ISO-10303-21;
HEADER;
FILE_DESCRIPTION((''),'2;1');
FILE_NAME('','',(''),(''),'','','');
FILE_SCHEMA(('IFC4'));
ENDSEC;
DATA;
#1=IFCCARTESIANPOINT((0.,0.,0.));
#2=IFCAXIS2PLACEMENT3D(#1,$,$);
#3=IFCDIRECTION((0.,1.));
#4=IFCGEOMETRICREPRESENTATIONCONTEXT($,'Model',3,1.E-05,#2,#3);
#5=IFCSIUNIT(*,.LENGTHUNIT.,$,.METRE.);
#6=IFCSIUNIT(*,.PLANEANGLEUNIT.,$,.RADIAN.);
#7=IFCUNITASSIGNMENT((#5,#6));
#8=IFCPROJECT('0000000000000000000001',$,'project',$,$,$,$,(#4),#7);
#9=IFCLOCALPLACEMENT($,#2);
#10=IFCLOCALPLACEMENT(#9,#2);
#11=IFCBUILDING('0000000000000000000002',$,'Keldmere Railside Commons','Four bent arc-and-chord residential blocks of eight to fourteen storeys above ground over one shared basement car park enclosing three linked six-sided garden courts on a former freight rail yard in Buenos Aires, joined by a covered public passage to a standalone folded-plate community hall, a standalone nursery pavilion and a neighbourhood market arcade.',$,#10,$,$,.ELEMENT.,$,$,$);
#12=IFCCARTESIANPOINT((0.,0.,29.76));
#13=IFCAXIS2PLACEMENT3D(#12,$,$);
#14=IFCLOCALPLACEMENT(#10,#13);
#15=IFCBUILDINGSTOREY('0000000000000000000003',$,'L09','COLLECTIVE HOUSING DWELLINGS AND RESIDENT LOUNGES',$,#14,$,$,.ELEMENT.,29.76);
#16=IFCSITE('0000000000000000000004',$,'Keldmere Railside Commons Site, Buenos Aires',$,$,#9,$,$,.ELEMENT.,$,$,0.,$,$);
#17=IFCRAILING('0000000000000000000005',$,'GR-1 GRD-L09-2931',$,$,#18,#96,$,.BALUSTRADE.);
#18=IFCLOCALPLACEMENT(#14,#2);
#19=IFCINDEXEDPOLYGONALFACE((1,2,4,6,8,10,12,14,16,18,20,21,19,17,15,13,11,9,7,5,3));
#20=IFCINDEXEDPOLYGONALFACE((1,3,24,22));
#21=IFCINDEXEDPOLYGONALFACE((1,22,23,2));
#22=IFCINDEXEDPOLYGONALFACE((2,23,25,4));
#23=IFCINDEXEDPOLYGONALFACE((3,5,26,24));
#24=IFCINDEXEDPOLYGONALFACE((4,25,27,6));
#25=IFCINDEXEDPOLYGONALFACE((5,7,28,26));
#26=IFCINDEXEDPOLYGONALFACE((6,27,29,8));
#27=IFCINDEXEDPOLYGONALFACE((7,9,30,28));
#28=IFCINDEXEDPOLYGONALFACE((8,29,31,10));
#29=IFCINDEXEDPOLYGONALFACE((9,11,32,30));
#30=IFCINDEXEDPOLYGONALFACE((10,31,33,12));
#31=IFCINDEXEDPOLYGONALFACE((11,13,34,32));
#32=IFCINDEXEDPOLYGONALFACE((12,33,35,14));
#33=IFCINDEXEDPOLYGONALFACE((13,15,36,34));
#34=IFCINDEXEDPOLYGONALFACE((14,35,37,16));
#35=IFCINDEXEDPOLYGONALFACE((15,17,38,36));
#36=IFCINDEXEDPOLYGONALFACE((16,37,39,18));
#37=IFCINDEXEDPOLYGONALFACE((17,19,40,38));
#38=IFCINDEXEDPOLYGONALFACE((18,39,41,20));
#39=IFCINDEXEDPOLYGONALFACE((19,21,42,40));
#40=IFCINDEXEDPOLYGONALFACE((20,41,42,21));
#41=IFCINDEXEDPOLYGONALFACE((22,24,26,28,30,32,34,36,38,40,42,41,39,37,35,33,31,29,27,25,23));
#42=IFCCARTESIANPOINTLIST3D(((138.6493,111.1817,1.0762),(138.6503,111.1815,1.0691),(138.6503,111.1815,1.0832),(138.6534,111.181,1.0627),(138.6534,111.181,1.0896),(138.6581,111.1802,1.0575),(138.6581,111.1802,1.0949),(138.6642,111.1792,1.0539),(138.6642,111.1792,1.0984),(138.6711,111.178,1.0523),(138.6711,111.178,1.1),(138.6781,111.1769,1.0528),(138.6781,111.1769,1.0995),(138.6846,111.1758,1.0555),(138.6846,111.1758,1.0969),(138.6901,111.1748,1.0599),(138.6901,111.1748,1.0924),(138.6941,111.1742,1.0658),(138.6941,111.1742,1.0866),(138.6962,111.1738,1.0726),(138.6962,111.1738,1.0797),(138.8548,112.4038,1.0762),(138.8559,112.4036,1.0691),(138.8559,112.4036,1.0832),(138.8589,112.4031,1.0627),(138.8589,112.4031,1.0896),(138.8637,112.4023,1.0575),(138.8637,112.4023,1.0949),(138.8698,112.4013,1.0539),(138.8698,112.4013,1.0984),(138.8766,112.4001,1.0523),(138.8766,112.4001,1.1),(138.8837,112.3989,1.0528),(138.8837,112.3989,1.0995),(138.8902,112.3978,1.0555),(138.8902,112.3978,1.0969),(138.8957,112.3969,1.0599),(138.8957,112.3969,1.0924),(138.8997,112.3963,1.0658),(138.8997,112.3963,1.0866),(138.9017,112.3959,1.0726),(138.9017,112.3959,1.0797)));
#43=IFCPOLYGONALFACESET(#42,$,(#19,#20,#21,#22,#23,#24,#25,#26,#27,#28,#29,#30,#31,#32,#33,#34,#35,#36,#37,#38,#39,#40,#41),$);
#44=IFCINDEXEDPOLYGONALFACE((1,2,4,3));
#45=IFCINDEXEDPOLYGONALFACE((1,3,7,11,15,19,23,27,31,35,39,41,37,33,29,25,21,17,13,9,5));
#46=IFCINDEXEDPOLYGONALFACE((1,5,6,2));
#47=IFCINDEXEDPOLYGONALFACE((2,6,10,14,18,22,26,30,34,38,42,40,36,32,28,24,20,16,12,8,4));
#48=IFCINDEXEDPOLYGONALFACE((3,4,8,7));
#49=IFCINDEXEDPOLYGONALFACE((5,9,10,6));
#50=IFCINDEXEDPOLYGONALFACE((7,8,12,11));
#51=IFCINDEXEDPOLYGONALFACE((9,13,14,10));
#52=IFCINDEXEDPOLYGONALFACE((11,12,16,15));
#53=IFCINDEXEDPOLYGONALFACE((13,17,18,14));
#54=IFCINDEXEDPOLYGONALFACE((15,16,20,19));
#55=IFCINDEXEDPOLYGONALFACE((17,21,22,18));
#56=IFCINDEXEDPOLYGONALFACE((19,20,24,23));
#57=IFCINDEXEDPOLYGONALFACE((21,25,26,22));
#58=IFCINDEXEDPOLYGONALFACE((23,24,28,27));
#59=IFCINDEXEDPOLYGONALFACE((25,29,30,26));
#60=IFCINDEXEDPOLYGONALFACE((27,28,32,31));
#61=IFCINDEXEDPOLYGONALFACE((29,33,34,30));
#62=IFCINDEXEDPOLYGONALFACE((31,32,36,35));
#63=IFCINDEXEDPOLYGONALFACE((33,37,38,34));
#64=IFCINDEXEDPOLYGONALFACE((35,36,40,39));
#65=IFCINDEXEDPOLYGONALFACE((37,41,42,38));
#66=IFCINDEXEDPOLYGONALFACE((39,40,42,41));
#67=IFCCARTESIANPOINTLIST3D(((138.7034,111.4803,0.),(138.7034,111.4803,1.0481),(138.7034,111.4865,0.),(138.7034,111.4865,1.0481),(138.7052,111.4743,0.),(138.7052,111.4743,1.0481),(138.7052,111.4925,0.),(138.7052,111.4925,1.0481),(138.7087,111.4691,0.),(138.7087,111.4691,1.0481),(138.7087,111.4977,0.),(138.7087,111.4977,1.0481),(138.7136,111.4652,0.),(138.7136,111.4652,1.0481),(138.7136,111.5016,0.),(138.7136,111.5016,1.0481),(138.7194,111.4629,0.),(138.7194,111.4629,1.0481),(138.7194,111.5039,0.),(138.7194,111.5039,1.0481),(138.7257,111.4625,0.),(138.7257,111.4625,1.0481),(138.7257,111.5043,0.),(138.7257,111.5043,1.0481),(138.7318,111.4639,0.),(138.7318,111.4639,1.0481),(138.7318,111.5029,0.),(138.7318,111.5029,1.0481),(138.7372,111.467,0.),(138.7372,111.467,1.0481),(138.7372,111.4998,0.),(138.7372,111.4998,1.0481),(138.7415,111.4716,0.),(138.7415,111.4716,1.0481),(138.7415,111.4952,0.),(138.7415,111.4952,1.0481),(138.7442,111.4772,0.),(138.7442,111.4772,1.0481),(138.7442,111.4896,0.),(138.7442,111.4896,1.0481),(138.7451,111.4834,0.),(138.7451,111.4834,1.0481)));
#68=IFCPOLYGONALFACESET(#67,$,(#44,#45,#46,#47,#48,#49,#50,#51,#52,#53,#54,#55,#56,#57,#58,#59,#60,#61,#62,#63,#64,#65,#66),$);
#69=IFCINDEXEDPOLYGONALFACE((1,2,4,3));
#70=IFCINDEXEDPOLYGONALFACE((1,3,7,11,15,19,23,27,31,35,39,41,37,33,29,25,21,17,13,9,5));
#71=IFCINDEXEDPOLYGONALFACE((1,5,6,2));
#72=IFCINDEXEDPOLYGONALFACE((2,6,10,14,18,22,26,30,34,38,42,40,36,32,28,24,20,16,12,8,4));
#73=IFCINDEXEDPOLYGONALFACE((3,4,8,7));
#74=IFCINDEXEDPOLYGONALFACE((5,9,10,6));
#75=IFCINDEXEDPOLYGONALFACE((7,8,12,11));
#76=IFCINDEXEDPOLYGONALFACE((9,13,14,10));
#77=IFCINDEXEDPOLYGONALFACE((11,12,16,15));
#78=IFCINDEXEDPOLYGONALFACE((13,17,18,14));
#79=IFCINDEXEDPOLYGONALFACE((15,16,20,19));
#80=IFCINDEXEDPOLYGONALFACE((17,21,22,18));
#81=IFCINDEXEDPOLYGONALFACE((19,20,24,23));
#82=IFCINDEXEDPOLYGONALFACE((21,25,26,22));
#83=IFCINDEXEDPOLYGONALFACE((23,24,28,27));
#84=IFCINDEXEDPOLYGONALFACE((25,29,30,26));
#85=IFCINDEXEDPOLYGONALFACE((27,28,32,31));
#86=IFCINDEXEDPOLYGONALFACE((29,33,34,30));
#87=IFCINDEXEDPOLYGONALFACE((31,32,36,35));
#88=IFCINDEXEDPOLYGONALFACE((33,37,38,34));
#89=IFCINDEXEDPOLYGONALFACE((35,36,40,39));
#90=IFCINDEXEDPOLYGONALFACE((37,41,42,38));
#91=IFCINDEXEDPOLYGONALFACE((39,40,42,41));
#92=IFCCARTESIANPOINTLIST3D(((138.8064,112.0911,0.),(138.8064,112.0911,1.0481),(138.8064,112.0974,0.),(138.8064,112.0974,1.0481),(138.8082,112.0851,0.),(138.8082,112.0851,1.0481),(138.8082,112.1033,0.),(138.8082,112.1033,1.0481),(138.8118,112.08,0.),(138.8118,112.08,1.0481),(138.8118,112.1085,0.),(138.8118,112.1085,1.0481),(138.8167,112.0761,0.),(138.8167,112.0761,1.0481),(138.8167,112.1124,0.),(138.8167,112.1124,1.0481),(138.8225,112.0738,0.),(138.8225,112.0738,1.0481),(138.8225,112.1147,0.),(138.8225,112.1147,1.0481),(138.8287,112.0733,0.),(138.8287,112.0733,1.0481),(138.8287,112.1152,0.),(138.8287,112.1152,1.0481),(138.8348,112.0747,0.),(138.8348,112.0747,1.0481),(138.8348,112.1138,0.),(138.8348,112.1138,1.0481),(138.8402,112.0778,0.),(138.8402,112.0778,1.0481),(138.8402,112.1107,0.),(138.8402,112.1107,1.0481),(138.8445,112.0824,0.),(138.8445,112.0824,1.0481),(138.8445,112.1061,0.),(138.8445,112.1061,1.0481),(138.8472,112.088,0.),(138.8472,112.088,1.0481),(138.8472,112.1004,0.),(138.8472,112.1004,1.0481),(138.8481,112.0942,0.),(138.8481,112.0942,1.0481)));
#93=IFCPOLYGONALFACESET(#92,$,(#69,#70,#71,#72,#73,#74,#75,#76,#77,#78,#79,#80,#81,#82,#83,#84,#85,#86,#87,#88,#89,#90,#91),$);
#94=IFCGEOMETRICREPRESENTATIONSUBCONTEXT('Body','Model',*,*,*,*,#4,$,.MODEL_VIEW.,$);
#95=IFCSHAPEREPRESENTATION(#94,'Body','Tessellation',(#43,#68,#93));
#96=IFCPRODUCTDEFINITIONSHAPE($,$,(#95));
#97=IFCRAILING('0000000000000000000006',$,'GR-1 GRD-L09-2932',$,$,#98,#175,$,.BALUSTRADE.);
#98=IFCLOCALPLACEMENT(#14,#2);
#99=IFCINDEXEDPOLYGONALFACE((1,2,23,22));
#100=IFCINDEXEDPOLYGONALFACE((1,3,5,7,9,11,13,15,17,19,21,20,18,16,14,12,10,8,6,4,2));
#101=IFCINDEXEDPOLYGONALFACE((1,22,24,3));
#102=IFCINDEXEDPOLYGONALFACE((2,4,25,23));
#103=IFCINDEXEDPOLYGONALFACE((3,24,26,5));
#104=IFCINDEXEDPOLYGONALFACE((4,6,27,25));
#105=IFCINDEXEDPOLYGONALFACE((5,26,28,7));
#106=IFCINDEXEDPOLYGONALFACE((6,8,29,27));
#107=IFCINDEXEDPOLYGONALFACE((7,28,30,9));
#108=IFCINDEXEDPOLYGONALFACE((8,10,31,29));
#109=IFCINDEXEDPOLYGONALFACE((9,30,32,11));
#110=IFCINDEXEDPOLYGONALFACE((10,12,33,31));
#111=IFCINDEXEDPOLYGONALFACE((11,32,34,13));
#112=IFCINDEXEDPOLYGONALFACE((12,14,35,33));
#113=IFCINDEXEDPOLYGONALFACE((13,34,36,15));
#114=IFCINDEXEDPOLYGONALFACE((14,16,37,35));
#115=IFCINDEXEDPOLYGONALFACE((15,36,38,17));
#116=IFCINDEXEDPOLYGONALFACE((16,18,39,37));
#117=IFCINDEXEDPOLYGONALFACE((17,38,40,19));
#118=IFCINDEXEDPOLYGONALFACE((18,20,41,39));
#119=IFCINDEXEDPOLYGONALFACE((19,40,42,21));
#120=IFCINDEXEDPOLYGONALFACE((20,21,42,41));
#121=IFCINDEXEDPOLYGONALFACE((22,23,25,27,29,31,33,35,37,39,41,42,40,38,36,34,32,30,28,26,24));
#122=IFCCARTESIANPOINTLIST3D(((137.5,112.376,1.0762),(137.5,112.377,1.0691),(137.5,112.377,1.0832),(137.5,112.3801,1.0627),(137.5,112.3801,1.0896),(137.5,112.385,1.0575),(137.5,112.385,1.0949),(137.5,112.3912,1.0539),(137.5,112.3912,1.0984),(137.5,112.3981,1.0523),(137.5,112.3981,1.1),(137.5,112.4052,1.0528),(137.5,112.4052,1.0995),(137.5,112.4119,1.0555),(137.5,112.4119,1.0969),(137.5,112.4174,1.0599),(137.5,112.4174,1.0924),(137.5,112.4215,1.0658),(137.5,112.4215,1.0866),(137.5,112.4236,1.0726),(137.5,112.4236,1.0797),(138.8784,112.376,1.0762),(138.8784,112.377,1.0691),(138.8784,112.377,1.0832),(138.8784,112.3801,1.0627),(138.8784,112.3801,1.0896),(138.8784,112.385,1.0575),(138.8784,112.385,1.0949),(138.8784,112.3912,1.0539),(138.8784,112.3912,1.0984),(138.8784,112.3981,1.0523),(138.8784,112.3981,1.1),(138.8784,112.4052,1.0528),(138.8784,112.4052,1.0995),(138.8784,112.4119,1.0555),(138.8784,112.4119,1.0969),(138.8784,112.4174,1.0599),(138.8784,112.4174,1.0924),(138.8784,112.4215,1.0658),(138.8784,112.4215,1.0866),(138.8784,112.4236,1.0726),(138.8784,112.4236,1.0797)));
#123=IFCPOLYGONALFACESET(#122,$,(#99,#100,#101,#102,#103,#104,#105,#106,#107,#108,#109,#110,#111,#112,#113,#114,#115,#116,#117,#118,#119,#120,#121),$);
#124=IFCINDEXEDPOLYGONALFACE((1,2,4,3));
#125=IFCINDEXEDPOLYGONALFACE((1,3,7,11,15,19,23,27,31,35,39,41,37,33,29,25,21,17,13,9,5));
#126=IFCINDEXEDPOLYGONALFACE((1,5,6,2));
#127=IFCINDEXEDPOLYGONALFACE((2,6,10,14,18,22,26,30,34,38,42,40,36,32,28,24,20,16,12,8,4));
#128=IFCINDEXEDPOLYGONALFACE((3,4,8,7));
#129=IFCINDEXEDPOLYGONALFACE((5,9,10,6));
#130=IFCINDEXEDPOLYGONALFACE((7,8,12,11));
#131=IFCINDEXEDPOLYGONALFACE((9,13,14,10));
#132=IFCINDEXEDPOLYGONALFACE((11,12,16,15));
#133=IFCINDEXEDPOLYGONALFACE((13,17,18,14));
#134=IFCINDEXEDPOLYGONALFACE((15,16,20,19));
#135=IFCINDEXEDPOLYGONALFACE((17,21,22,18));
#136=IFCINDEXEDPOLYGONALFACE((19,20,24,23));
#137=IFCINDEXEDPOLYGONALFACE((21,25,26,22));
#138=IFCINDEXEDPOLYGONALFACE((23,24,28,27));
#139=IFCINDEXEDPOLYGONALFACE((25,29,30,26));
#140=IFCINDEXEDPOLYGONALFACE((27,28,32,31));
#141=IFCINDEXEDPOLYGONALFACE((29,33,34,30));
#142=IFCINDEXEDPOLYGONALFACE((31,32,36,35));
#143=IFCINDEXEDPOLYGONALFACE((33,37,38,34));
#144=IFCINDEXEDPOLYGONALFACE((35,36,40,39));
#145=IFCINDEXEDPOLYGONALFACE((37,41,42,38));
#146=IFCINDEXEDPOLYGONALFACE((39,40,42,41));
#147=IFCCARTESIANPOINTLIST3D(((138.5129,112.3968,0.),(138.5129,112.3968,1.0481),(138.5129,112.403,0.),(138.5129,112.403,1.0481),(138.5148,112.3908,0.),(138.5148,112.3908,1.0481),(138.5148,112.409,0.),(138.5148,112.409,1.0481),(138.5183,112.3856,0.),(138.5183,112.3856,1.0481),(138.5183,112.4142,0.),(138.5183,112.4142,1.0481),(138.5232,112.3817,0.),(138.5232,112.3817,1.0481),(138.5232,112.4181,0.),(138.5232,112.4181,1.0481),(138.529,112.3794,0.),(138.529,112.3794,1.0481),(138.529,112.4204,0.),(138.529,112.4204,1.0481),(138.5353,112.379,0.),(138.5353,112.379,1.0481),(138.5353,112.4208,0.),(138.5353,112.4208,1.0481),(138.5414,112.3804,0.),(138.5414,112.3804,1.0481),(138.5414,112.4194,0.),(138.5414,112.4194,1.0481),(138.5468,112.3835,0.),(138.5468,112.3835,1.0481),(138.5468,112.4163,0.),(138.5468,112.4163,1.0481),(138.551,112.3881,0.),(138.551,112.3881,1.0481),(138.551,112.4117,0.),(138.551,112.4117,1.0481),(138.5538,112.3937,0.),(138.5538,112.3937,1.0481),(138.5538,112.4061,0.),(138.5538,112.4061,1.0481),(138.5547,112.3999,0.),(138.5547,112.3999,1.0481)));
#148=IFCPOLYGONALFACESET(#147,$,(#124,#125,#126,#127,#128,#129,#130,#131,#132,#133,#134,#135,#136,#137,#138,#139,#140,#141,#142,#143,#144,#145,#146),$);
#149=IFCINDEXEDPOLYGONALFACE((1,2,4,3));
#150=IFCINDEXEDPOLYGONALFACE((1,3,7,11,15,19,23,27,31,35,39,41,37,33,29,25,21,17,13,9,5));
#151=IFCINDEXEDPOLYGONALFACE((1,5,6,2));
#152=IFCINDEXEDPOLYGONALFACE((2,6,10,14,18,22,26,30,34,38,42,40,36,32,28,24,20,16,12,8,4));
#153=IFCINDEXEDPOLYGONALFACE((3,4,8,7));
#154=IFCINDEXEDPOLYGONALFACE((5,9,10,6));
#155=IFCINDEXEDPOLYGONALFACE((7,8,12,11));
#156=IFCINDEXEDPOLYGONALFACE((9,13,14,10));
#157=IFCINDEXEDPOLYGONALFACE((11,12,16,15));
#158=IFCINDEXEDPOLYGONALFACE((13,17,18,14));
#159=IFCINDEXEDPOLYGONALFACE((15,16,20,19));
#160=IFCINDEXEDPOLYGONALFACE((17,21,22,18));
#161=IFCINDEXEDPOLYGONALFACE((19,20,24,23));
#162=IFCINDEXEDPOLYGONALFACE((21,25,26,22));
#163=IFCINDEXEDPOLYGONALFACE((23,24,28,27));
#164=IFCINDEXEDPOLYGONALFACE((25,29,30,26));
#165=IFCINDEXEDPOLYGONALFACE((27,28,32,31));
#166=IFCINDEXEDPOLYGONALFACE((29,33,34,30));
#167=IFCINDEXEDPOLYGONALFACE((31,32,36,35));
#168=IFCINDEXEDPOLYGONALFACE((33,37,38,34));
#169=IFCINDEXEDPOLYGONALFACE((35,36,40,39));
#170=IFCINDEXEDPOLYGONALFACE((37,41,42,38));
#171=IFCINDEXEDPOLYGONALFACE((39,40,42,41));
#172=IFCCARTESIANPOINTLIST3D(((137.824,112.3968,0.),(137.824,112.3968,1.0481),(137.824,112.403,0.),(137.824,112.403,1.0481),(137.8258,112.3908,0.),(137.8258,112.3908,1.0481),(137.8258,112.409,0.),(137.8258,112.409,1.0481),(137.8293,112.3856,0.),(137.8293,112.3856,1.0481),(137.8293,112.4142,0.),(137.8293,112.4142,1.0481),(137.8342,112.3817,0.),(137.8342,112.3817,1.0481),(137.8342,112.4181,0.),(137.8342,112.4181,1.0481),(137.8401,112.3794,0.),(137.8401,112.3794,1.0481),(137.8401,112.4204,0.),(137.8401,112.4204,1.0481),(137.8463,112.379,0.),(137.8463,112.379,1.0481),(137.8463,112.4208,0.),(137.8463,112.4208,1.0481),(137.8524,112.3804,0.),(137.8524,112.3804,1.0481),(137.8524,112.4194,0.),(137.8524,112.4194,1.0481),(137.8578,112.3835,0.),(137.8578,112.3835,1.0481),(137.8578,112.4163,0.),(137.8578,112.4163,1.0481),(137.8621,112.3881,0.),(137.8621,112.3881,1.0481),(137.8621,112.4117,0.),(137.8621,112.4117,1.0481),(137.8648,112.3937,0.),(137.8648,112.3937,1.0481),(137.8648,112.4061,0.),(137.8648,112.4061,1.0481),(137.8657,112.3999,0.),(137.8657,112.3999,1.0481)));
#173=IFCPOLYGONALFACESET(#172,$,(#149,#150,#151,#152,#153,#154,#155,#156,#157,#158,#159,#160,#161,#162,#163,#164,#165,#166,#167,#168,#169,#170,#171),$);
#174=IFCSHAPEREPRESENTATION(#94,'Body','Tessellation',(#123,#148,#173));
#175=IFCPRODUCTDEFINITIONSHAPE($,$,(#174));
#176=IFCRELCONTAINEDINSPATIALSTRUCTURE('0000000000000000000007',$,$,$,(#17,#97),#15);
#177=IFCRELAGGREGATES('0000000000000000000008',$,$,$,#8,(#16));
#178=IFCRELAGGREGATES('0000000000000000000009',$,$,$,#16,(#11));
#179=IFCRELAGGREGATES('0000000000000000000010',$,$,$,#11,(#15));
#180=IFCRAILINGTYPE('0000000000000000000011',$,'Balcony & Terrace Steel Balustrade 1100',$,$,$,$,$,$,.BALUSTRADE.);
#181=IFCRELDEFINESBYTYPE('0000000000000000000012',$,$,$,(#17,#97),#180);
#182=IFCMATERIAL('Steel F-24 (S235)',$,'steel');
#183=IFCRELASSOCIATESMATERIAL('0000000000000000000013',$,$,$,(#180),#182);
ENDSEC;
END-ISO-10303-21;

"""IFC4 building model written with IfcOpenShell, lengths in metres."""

from ifc_helpers import new_model, si_unit, direction, frame, origin, origin_2d, place, context, subcontext, project, spatial, circle, extrude, material, type_object, element, save


model = new_model("IFC4")

# Units and contexts
model_context = context("Model", 3, precision=1e-05, world=origin(), true_north=direction((0.0, 1.0)))
body_context = subcontext(model_context, "Body", "Model", "MODEL_VIEW")
ifc_project = project(units=[si_unit("LENGTHUNIT", "METRE"), si_unit("PLANEANGLEUNIT", "RADIAN")], contexts=[model_context])

# Site, building, storey
site_placement = place(None, origin())
site = spatial("IfcSite", under=ifc_project, at=site_placement, Name="Keldmere Railside Commons Site, Buenos Aires", CompositionType="ELEMENT", RefElevation=0.0)
building_placement = place(site_placement, origin())
building = spatial("IfcBuilding", under=site, at=building_placement, Name="Keldmere Railside Commons", Description="Four bent arc-and-chord residential blocks of eight to fourteen storeys above ground over one shared basement car park enclosing three linked six-sided garden courts on a former freight rail yard in Buenos Aires, joined by a covered public passage to a standalone folded-plate community hall, a standalone nursery pavilion and a neighbourhood market arcade.", CompositionType="ELEMENT")
storey_placement = place(building_placement, frame((0.0, 0.0, 29.76)))
storey = spatial("IfcBuildingStorey", under=building, at=storey_placement, Name="L09", Description="COLLECTIVE HOUSING DWELLINGS AND RESIDENT LOUNGES", CompositionType="ELEMENT", Elevation=29.76)

# Railings
ifc_material_1 = material(Name="Steel F-24 (S235)", Category="steel")
railing_type = type_object("IfcRailingType", Name="Balcony & Terrace Steel Balustrade 1100", PredefinedType="BALUSTRADE", material=ifc_material_1)
railing_1_placement = place(storey_placement, frame((138.6729, 111.1777, 0.0)))
element("IfcRailing", 1, at=railing_1_placement, inside=storey, type_object=railing_type, Name="GR-1 GRD-L09-2931", PredefinedType="BALUSTRADE", context=body_context, shape_type="SweptSolid", body=[
    extrude(circle(Radius=0.0239, at=origin_2d()), frame((0.0, 0.0, 1.0762), z_axis=(0.165868, 0.986148, 0.0), x_axis=(-0.986148, 0.165868, 0.0)), (0.0, 0.0, 1.0), 1.2393),
    extrude(circle(Radius=0.021, at=origin_2d()), frame((0.0513, 0.3057, 0.0)), (0.0, 0.0, 1.0), 1.0481),
    extrude(circle(Radius=0.021, at=origin_2d()), frame((0.1543, 0.9165, 0.0)), (0.0, 0.0, 1.0), 1.0481),
])
railing_2_placement = place(storey_placement, frame((138.8784, 112.3999, 0.0)))
element("IfcRailing", 2, at=railing_2_placement, inside=storey, type_object=railing_type, Name="GR-1 GRD-L09-2932", PredefinedType="BALUSTRADE", context=body_context, shape_type="SweptSolid", body=[
    extrude(circle(Radius=0.0239, at=origin_2d()), frame((0.0, 0.0, 1.0762), z_axis=(-1.0, 0.0, 0.0), x_axis=(0.0, -1.0, 0.0)), (0.0, 0.0, 1.0), 1.3784),
    extrude(circle(Radius=0.021, at=origin_2d()), frame((-0.3447, 0.0, 0.0)), (0.0, 0.0, 1.0), 1.0481),
    extrude(circle(Radius=0.021, at=origin_2d()), frame((-1.0337, 0.0, 0.0)), (0.0, 0.0, 1.0), 1.0481),
])

save(model, "model.ifc")
